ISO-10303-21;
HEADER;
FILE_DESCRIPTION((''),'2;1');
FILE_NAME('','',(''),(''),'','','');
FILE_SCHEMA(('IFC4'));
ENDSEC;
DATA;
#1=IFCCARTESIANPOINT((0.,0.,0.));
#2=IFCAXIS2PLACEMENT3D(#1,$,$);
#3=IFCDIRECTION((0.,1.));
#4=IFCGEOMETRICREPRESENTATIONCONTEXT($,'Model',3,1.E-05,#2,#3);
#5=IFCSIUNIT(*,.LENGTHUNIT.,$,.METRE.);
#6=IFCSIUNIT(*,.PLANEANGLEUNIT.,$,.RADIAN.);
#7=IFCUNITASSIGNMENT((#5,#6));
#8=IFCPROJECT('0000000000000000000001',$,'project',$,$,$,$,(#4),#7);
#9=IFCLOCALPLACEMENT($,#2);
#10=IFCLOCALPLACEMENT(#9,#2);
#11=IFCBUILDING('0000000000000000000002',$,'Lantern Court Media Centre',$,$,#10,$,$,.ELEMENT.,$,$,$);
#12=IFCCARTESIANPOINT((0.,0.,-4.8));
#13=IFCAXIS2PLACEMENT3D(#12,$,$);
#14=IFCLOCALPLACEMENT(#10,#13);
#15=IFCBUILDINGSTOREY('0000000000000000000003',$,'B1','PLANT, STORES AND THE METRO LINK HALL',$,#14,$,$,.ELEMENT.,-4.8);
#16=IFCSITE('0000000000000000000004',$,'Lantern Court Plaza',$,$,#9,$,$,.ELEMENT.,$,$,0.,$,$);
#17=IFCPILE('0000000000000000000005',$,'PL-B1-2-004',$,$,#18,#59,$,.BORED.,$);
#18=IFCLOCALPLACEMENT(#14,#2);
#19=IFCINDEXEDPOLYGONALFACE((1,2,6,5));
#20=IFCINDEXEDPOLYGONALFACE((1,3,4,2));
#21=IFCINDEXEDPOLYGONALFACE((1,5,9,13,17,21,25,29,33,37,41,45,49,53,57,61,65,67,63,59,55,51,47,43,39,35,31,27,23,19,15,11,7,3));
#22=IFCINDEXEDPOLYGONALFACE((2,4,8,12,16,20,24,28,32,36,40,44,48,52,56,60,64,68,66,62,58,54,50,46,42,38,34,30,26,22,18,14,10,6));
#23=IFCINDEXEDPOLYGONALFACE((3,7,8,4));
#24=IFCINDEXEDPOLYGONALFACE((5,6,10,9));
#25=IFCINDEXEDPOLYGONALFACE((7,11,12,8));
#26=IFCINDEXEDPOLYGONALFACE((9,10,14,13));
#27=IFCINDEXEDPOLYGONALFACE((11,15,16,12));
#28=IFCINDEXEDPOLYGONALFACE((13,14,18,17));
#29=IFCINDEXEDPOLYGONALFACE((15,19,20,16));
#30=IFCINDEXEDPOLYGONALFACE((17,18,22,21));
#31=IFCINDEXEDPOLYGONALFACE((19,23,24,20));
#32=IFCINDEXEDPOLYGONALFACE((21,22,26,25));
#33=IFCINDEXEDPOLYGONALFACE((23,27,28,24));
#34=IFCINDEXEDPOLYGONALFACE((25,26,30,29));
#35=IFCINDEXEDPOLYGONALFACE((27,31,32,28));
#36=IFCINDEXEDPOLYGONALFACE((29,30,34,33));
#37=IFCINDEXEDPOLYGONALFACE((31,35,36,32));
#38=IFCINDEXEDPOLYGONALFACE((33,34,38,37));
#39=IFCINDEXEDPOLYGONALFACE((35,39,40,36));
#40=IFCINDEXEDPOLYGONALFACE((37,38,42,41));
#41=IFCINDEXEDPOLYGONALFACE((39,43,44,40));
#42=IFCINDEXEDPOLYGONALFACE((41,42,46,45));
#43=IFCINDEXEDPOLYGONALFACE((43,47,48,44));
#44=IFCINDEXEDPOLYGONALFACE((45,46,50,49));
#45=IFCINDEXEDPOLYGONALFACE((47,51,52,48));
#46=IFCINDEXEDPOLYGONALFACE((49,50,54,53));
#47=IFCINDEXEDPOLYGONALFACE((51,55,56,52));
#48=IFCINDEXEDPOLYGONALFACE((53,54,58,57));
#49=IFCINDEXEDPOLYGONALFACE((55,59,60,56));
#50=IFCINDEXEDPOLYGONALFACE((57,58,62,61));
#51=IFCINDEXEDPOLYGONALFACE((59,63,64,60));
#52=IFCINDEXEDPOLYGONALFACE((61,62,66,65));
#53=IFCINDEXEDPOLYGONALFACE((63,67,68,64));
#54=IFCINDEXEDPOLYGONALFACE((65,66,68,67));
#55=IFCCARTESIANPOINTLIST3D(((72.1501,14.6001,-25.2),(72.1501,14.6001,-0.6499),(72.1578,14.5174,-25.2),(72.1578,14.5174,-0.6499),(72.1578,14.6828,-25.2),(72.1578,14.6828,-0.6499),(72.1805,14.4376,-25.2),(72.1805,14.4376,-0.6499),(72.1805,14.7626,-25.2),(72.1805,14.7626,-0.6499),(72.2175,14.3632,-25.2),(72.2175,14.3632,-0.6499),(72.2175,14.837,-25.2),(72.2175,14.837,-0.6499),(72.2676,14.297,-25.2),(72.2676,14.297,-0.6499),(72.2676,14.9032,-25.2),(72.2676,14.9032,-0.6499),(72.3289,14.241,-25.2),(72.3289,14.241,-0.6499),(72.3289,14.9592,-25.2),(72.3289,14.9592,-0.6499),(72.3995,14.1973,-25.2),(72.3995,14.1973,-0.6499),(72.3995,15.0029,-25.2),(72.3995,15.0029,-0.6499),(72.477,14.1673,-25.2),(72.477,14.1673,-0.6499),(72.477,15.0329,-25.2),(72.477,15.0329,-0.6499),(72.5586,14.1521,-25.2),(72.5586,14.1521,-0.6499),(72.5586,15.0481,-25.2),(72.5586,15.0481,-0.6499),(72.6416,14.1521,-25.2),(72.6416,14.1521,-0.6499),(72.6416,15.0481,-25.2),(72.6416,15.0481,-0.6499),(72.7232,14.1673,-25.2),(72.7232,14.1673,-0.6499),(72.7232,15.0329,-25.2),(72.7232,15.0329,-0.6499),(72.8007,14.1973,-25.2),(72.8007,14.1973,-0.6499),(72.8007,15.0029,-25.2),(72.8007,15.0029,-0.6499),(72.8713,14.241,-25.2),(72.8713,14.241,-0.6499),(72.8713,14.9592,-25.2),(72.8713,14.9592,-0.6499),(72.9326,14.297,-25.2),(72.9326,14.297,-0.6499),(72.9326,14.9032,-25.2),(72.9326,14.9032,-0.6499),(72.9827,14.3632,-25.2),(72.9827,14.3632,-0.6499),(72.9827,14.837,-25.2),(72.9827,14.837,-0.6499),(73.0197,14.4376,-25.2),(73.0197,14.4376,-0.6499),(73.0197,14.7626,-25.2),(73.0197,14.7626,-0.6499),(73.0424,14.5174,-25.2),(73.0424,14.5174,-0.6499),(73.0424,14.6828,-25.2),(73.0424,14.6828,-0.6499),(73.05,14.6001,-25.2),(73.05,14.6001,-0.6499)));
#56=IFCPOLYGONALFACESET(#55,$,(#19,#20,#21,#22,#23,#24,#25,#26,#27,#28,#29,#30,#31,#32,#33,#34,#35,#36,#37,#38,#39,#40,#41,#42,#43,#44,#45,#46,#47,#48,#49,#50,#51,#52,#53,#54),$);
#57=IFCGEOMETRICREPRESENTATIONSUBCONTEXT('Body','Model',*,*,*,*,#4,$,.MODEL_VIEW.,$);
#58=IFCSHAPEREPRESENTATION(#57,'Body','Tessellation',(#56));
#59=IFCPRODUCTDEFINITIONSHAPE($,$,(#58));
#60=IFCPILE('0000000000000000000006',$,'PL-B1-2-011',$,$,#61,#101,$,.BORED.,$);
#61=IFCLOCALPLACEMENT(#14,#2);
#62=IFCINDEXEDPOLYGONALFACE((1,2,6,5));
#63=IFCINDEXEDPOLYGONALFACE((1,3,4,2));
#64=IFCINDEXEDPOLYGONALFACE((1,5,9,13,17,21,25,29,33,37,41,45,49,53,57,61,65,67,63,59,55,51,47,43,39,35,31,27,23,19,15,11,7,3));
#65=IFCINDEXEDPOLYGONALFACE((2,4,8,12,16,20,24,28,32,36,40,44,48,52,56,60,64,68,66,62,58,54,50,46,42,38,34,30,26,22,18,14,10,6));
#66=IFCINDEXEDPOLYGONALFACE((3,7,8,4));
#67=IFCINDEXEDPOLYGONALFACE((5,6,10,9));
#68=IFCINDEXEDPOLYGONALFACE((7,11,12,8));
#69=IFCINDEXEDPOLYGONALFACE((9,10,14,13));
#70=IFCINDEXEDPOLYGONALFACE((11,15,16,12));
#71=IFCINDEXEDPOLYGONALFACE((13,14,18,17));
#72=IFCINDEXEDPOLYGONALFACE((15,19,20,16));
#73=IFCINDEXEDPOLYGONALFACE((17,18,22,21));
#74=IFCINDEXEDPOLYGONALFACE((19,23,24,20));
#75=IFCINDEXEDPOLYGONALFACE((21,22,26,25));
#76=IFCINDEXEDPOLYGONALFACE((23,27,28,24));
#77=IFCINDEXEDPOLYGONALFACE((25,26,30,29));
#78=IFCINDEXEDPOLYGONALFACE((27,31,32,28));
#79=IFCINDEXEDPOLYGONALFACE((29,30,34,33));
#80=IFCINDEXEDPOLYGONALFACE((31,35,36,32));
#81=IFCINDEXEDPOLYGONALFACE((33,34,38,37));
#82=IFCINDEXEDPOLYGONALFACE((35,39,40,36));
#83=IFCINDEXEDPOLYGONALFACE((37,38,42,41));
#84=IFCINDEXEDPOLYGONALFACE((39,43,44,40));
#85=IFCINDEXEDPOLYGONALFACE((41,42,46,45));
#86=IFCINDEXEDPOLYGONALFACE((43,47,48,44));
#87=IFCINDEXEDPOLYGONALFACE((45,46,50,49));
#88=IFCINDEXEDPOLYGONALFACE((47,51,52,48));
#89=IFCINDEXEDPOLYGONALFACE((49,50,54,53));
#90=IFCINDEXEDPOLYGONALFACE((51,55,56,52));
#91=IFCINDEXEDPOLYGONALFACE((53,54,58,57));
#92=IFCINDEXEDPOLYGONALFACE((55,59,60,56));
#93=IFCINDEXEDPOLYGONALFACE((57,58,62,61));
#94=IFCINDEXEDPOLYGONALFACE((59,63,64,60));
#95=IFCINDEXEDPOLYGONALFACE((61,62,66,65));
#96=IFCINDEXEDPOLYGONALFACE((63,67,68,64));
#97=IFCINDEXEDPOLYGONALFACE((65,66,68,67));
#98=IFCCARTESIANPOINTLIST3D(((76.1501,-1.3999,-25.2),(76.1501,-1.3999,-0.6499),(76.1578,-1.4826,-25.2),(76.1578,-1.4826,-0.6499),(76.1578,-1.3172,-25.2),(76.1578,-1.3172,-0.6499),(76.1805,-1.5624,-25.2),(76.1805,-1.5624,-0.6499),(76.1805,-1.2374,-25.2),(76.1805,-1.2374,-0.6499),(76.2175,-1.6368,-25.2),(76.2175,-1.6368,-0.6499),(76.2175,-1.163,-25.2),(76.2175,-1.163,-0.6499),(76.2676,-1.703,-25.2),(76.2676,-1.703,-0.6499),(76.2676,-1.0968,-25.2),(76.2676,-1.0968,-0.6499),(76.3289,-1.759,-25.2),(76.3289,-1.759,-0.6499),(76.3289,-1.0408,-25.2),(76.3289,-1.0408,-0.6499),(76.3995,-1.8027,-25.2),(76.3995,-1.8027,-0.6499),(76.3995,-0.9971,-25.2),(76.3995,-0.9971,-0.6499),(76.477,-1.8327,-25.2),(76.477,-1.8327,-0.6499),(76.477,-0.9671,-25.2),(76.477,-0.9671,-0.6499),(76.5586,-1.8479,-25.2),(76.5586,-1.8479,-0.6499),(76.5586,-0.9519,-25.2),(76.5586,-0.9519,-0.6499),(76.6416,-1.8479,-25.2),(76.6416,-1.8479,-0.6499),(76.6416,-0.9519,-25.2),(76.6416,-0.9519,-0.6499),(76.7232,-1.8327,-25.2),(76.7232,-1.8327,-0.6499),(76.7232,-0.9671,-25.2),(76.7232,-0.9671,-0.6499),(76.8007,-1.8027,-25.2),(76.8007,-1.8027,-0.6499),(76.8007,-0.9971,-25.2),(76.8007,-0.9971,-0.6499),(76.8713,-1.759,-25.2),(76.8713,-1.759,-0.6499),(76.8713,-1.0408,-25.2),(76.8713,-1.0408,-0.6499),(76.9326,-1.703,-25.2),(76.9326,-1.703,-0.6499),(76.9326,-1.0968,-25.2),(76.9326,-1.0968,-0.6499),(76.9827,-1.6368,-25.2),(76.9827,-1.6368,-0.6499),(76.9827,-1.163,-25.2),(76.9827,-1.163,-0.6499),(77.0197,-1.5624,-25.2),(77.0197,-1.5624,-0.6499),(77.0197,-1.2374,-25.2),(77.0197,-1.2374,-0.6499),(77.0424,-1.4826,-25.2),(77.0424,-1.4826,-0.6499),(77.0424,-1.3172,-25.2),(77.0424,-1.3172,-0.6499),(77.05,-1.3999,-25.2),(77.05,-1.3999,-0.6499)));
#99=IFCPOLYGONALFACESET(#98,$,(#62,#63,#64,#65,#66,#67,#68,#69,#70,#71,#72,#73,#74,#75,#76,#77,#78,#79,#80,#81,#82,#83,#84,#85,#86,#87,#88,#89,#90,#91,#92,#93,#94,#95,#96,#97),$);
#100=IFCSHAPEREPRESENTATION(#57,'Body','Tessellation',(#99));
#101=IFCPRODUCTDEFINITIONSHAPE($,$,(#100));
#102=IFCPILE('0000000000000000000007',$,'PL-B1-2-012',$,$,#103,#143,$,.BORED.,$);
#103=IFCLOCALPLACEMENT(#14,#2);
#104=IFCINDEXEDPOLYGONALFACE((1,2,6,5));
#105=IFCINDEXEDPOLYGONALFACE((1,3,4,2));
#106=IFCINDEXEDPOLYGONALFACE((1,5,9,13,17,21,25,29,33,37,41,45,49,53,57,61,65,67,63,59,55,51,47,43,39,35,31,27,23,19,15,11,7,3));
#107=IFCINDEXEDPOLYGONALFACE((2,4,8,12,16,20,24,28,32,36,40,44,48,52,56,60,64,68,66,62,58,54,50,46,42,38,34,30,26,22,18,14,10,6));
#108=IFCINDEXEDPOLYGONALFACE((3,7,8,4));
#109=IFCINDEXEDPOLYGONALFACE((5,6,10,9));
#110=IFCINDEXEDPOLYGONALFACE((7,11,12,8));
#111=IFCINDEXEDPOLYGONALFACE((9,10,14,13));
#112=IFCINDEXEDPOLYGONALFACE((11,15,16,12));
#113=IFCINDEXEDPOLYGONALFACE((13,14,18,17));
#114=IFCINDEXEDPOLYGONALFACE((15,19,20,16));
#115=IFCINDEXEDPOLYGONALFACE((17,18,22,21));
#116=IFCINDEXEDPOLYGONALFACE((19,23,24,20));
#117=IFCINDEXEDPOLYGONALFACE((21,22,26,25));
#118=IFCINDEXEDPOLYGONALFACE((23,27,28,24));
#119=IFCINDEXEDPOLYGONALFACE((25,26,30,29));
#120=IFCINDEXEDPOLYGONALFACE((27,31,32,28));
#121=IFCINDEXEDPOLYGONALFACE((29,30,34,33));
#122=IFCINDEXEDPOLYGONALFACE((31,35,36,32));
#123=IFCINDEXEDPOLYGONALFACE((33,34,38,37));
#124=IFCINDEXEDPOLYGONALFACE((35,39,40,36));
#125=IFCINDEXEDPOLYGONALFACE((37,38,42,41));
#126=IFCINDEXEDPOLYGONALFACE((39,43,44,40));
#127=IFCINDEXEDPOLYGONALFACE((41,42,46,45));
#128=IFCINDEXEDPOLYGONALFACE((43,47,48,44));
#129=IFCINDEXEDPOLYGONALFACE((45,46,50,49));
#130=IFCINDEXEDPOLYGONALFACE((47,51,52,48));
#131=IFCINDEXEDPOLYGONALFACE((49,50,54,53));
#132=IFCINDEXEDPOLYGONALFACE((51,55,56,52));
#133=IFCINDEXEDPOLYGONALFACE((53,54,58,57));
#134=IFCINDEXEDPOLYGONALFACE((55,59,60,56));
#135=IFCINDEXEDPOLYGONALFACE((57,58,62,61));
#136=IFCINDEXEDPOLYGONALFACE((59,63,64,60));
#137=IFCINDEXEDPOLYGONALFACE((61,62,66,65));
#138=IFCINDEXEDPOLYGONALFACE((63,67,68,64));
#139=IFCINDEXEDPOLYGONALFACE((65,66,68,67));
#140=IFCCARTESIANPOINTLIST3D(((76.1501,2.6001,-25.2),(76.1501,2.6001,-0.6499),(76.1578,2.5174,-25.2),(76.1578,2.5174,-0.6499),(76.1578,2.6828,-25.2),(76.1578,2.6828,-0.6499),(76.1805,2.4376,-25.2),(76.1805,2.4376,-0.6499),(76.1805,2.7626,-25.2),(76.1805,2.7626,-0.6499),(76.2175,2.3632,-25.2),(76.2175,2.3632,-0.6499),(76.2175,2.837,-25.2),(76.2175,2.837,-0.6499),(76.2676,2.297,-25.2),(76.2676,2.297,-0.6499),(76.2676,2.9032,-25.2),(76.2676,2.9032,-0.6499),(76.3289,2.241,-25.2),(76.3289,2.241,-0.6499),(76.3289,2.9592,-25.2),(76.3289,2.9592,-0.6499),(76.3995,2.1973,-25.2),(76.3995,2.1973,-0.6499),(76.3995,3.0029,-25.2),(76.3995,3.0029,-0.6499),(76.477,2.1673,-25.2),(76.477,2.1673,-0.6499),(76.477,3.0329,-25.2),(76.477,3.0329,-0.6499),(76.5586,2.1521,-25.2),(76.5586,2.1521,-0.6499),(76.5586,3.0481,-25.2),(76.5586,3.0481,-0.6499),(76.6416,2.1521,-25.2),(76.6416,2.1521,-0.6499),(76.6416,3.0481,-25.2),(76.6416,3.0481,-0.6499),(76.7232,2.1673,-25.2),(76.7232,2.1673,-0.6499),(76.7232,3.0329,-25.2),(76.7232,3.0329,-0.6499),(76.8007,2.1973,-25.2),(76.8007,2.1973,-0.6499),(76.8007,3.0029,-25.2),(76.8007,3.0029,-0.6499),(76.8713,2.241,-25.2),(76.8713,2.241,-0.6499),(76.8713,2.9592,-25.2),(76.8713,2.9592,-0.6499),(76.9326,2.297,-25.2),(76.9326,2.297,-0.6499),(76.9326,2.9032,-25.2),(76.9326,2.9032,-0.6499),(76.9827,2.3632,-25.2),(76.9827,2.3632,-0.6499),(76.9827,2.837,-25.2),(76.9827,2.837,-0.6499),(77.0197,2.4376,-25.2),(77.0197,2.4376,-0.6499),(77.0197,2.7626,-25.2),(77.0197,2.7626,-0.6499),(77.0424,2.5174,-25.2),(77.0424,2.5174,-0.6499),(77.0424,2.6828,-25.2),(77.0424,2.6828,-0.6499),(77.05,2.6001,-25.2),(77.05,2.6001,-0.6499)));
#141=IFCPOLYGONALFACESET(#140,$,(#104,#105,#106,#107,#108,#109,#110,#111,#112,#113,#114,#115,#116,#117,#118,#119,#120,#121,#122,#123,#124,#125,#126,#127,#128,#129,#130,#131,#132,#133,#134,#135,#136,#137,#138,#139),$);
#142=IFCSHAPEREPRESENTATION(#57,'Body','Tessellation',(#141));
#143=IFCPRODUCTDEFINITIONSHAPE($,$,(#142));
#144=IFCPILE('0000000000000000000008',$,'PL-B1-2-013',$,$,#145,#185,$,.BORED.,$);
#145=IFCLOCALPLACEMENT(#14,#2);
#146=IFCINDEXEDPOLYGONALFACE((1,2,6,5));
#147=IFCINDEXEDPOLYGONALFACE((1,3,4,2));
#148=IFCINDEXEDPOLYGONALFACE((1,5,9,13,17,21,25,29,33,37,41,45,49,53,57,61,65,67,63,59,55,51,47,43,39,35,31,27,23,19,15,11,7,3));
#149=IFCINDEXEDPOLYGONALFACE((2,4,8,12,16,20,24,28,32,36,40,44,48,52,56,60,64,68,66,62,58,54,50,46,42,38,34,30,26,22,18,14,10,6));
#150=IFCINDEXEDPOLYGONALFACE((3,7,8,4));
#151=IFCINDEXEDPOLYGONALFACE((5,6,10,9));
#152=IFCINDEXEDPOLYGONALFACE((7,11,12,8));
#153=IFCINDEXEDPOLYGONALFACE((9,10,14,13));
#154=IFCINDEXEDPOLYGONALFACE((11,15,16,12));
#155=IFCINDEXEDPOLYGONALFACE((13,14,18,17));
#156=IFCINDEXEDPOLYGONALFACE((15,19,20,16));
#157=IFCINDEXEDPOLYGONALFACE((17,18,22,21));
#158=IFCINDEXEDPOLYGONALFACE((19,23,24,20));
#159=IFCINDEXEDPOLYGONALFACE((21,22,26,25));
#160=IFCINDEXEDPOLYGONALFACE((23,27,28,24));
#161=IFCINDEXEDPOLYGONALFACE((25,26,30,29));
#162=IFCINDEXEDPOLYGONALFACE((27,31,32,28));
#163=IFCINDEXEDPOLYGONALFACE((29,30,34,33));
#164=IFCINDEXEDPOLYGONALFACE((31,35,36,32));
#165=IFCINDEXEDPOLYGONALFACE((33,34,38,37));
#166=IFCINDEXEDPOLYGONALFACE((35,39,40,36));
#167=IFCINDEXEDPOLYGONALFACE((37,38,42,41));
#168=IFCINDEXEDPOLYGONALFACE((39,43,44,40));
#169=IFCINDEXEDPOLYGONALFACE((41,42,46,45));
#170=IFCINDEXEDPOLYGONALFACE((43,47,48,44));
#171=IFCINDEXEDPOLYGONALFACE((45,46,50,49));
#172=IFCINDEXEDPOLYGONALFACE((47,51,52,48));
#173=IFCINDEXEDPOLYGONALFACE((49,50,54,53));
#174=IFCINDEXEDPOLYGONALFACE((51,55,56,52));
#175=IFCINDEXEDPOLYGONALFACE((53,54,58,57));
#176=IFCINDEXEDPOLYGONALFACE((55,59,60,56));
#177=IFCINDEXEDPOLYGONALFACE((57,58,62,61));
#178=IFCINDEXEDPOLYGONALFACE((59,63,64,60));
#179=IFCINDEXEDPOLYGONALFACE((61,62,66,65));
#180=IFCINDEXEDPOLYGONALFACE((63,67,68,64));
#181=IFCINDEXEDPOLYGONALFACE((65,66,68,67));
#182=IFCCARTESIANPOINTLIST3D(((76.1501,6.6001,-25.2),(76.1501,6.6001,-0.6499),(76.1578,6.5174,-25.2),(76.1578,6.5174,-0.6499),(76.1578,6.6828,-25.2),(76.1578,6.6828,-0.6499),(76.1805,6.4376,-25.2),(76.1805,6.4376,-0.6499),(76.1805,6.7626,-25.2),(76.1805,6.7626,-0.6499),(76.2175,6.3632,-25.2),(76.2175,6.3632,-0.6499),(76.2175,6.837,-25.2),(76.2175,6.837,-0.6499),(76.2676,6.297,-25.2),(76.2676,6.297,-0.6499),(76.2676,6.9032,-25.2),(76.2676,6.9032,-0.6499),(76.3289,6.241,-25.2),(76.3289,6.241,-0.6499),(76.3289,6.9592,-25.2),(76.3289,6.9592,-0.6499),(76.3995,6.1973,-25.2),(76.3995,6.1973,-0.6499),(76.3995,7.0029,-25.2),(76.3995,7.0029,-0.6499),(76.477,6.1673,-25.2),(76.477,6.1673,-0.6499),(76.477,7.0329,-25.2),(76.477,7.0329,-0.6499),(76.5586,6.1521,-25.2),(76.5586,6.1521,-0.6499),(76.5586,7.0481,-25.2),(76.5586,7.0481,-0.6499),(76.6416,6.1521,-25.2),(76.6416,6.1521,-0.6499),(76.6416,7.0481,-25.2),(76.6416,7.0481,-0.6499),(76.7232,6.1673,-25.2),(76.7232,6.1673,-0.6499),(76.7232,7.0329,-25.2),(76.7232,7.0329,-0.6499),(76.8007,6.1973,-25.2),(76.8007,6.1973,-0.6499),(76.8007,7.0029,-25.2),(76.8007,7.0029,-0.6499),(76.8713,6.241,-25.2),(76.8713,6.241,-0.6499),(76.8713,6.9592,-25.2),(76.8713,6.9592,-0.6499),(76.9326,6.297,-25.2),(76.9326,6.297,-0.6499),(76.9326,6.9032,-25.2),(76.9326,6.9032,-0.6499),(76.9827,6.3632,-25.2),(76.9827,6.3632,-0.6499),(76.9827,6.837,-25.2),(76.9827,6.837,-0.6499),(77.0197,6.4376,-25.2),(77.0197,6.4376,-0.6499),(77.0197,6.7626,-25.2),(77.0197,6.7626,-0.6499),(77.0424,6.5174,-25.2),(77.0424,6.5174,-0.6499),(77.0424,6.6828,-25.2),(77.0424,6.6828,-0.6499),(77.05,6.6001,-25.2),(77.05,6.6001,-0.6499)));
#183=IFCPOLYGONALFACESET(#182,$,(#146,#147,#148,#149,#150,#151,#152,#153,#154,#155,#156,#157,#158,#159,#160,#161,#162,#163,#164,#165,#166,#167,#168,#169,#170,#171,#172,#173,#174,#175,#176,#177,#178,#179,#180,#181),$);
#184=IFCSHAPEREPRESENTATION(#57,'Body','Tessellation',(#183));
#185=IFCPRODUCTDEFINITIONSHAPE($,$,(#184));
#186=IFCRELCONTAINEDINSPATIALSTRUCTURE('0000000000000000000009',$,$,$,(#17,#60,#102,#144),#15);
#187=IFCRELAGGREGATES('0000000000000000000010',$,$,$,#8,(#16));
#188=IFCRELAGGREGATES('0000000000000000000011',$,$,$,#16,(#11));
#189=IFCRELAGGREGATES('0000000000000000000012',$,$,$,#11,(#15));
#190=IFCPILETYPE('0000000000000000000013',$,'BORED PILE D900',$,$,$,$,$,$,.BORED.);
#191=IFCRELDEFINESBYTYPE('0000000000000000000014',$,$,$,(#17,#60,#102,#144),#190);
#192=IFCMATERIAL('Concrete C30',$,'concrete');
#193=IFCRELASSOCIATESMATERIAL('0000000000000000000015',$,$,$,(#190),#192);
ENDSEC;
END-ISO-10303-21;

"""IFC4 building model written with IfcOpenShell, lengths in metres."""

from ifc_helpers import new_model, si_unit, direction, frame, origin, origin_2d, place, context, subcontext, project, spatial, circle, extrude, material, material_profile, profile_set, type_object, element, save


model = new_model("IFC4")

# Units and contexts
model_context = context("Model", 3, precision=1e-05, world=origin(), true_north=direction((0.0, 1.0)))
body_context = subcontext(model_context, "Body", "Model", "MODEL_VIEW")
ifc_project = project(units=[si_unit("LENGTHUNIT", "METRE"), si_unit("PLANEANGLEUNIT", "RADIAN")], contexts=[model_context])

# Site, building, storey
site_placement = place(None, origin())
site = spatial("IfcSite", under=ifc_project, at=site_placement, Name="Lantern Court Plaza", CompositionType="ELEMENT", RefElevation=0.0)
building_placement = place(site_placement, origin())
building = spatial("IfcBuilding", under=site, at=building_placement, Name="Lantern Court Media Centre", CompositionType="ELEMENT")
storey_placement = place(building_placement, frame((0.0, 0.0, -4.8)))
storey = spatial("IfcBuildingStorey", under=building, at=storey_placement, Name="B1", Description="PLANT, STORES AND THE METRO LINK HALL", CompositionType="ELEMENT", Elevation=-4.8)

# Piles
ifc_material_1 = material(Name="Concrete C30", Category="concrete")
ifc_material_profile_1 = material_profile(ifc_material_1, circle(Radius=0.45, at=origin_2d()), Name="D900")
ifc_profile_set_1 = profile_set([ifc_material_profile_1], Name="Concrete C30")
pile_type = type_object("IfcPileType", Name="BORED PILE D900", PredefinedType="BORED", material=ifc_profile_set_1)
for number, where, z_axis, x_axis, name in (
    (1, (72.6001, 14.6001, -0.6499), (0.0, 0.0, -1.0), (1.0, 0.0, 0.0), "PL-B1-2-004"),
    (2, (76.6001, -1.3999, -0.6499), (0.0, 0.0, -1.0), (1.0, 0.0, 0.0), "PL-B1-2-011"),
    (3, (76.6001, 2.6001, -0.6499), (0.0, 0.0, -1.0), (1.0, 0.0, 0.0), "PL-B1-2-012"),
    (4, (76.6001, 6.6001, -0.6499), (0.0, 0.0, -1.0), (1.0, 0.0, 0.0), "PL-B1-2-013"),
):
    element("IfcPile", number, at=place(storey_placement, frame(where, z_axis=z_axis, x_axis=x_axis)), inside=storey, type_object=pile_type, Name=name, PredefinedType="BORED", context=body_context, shape_type="SweptSolid", body=[
        extrude(circle(Radius=0.45, at=origin_2d()), origin(), (0.0, 0.0, 1.0), 24.55),
    ])

save(model, "model.ifc")
